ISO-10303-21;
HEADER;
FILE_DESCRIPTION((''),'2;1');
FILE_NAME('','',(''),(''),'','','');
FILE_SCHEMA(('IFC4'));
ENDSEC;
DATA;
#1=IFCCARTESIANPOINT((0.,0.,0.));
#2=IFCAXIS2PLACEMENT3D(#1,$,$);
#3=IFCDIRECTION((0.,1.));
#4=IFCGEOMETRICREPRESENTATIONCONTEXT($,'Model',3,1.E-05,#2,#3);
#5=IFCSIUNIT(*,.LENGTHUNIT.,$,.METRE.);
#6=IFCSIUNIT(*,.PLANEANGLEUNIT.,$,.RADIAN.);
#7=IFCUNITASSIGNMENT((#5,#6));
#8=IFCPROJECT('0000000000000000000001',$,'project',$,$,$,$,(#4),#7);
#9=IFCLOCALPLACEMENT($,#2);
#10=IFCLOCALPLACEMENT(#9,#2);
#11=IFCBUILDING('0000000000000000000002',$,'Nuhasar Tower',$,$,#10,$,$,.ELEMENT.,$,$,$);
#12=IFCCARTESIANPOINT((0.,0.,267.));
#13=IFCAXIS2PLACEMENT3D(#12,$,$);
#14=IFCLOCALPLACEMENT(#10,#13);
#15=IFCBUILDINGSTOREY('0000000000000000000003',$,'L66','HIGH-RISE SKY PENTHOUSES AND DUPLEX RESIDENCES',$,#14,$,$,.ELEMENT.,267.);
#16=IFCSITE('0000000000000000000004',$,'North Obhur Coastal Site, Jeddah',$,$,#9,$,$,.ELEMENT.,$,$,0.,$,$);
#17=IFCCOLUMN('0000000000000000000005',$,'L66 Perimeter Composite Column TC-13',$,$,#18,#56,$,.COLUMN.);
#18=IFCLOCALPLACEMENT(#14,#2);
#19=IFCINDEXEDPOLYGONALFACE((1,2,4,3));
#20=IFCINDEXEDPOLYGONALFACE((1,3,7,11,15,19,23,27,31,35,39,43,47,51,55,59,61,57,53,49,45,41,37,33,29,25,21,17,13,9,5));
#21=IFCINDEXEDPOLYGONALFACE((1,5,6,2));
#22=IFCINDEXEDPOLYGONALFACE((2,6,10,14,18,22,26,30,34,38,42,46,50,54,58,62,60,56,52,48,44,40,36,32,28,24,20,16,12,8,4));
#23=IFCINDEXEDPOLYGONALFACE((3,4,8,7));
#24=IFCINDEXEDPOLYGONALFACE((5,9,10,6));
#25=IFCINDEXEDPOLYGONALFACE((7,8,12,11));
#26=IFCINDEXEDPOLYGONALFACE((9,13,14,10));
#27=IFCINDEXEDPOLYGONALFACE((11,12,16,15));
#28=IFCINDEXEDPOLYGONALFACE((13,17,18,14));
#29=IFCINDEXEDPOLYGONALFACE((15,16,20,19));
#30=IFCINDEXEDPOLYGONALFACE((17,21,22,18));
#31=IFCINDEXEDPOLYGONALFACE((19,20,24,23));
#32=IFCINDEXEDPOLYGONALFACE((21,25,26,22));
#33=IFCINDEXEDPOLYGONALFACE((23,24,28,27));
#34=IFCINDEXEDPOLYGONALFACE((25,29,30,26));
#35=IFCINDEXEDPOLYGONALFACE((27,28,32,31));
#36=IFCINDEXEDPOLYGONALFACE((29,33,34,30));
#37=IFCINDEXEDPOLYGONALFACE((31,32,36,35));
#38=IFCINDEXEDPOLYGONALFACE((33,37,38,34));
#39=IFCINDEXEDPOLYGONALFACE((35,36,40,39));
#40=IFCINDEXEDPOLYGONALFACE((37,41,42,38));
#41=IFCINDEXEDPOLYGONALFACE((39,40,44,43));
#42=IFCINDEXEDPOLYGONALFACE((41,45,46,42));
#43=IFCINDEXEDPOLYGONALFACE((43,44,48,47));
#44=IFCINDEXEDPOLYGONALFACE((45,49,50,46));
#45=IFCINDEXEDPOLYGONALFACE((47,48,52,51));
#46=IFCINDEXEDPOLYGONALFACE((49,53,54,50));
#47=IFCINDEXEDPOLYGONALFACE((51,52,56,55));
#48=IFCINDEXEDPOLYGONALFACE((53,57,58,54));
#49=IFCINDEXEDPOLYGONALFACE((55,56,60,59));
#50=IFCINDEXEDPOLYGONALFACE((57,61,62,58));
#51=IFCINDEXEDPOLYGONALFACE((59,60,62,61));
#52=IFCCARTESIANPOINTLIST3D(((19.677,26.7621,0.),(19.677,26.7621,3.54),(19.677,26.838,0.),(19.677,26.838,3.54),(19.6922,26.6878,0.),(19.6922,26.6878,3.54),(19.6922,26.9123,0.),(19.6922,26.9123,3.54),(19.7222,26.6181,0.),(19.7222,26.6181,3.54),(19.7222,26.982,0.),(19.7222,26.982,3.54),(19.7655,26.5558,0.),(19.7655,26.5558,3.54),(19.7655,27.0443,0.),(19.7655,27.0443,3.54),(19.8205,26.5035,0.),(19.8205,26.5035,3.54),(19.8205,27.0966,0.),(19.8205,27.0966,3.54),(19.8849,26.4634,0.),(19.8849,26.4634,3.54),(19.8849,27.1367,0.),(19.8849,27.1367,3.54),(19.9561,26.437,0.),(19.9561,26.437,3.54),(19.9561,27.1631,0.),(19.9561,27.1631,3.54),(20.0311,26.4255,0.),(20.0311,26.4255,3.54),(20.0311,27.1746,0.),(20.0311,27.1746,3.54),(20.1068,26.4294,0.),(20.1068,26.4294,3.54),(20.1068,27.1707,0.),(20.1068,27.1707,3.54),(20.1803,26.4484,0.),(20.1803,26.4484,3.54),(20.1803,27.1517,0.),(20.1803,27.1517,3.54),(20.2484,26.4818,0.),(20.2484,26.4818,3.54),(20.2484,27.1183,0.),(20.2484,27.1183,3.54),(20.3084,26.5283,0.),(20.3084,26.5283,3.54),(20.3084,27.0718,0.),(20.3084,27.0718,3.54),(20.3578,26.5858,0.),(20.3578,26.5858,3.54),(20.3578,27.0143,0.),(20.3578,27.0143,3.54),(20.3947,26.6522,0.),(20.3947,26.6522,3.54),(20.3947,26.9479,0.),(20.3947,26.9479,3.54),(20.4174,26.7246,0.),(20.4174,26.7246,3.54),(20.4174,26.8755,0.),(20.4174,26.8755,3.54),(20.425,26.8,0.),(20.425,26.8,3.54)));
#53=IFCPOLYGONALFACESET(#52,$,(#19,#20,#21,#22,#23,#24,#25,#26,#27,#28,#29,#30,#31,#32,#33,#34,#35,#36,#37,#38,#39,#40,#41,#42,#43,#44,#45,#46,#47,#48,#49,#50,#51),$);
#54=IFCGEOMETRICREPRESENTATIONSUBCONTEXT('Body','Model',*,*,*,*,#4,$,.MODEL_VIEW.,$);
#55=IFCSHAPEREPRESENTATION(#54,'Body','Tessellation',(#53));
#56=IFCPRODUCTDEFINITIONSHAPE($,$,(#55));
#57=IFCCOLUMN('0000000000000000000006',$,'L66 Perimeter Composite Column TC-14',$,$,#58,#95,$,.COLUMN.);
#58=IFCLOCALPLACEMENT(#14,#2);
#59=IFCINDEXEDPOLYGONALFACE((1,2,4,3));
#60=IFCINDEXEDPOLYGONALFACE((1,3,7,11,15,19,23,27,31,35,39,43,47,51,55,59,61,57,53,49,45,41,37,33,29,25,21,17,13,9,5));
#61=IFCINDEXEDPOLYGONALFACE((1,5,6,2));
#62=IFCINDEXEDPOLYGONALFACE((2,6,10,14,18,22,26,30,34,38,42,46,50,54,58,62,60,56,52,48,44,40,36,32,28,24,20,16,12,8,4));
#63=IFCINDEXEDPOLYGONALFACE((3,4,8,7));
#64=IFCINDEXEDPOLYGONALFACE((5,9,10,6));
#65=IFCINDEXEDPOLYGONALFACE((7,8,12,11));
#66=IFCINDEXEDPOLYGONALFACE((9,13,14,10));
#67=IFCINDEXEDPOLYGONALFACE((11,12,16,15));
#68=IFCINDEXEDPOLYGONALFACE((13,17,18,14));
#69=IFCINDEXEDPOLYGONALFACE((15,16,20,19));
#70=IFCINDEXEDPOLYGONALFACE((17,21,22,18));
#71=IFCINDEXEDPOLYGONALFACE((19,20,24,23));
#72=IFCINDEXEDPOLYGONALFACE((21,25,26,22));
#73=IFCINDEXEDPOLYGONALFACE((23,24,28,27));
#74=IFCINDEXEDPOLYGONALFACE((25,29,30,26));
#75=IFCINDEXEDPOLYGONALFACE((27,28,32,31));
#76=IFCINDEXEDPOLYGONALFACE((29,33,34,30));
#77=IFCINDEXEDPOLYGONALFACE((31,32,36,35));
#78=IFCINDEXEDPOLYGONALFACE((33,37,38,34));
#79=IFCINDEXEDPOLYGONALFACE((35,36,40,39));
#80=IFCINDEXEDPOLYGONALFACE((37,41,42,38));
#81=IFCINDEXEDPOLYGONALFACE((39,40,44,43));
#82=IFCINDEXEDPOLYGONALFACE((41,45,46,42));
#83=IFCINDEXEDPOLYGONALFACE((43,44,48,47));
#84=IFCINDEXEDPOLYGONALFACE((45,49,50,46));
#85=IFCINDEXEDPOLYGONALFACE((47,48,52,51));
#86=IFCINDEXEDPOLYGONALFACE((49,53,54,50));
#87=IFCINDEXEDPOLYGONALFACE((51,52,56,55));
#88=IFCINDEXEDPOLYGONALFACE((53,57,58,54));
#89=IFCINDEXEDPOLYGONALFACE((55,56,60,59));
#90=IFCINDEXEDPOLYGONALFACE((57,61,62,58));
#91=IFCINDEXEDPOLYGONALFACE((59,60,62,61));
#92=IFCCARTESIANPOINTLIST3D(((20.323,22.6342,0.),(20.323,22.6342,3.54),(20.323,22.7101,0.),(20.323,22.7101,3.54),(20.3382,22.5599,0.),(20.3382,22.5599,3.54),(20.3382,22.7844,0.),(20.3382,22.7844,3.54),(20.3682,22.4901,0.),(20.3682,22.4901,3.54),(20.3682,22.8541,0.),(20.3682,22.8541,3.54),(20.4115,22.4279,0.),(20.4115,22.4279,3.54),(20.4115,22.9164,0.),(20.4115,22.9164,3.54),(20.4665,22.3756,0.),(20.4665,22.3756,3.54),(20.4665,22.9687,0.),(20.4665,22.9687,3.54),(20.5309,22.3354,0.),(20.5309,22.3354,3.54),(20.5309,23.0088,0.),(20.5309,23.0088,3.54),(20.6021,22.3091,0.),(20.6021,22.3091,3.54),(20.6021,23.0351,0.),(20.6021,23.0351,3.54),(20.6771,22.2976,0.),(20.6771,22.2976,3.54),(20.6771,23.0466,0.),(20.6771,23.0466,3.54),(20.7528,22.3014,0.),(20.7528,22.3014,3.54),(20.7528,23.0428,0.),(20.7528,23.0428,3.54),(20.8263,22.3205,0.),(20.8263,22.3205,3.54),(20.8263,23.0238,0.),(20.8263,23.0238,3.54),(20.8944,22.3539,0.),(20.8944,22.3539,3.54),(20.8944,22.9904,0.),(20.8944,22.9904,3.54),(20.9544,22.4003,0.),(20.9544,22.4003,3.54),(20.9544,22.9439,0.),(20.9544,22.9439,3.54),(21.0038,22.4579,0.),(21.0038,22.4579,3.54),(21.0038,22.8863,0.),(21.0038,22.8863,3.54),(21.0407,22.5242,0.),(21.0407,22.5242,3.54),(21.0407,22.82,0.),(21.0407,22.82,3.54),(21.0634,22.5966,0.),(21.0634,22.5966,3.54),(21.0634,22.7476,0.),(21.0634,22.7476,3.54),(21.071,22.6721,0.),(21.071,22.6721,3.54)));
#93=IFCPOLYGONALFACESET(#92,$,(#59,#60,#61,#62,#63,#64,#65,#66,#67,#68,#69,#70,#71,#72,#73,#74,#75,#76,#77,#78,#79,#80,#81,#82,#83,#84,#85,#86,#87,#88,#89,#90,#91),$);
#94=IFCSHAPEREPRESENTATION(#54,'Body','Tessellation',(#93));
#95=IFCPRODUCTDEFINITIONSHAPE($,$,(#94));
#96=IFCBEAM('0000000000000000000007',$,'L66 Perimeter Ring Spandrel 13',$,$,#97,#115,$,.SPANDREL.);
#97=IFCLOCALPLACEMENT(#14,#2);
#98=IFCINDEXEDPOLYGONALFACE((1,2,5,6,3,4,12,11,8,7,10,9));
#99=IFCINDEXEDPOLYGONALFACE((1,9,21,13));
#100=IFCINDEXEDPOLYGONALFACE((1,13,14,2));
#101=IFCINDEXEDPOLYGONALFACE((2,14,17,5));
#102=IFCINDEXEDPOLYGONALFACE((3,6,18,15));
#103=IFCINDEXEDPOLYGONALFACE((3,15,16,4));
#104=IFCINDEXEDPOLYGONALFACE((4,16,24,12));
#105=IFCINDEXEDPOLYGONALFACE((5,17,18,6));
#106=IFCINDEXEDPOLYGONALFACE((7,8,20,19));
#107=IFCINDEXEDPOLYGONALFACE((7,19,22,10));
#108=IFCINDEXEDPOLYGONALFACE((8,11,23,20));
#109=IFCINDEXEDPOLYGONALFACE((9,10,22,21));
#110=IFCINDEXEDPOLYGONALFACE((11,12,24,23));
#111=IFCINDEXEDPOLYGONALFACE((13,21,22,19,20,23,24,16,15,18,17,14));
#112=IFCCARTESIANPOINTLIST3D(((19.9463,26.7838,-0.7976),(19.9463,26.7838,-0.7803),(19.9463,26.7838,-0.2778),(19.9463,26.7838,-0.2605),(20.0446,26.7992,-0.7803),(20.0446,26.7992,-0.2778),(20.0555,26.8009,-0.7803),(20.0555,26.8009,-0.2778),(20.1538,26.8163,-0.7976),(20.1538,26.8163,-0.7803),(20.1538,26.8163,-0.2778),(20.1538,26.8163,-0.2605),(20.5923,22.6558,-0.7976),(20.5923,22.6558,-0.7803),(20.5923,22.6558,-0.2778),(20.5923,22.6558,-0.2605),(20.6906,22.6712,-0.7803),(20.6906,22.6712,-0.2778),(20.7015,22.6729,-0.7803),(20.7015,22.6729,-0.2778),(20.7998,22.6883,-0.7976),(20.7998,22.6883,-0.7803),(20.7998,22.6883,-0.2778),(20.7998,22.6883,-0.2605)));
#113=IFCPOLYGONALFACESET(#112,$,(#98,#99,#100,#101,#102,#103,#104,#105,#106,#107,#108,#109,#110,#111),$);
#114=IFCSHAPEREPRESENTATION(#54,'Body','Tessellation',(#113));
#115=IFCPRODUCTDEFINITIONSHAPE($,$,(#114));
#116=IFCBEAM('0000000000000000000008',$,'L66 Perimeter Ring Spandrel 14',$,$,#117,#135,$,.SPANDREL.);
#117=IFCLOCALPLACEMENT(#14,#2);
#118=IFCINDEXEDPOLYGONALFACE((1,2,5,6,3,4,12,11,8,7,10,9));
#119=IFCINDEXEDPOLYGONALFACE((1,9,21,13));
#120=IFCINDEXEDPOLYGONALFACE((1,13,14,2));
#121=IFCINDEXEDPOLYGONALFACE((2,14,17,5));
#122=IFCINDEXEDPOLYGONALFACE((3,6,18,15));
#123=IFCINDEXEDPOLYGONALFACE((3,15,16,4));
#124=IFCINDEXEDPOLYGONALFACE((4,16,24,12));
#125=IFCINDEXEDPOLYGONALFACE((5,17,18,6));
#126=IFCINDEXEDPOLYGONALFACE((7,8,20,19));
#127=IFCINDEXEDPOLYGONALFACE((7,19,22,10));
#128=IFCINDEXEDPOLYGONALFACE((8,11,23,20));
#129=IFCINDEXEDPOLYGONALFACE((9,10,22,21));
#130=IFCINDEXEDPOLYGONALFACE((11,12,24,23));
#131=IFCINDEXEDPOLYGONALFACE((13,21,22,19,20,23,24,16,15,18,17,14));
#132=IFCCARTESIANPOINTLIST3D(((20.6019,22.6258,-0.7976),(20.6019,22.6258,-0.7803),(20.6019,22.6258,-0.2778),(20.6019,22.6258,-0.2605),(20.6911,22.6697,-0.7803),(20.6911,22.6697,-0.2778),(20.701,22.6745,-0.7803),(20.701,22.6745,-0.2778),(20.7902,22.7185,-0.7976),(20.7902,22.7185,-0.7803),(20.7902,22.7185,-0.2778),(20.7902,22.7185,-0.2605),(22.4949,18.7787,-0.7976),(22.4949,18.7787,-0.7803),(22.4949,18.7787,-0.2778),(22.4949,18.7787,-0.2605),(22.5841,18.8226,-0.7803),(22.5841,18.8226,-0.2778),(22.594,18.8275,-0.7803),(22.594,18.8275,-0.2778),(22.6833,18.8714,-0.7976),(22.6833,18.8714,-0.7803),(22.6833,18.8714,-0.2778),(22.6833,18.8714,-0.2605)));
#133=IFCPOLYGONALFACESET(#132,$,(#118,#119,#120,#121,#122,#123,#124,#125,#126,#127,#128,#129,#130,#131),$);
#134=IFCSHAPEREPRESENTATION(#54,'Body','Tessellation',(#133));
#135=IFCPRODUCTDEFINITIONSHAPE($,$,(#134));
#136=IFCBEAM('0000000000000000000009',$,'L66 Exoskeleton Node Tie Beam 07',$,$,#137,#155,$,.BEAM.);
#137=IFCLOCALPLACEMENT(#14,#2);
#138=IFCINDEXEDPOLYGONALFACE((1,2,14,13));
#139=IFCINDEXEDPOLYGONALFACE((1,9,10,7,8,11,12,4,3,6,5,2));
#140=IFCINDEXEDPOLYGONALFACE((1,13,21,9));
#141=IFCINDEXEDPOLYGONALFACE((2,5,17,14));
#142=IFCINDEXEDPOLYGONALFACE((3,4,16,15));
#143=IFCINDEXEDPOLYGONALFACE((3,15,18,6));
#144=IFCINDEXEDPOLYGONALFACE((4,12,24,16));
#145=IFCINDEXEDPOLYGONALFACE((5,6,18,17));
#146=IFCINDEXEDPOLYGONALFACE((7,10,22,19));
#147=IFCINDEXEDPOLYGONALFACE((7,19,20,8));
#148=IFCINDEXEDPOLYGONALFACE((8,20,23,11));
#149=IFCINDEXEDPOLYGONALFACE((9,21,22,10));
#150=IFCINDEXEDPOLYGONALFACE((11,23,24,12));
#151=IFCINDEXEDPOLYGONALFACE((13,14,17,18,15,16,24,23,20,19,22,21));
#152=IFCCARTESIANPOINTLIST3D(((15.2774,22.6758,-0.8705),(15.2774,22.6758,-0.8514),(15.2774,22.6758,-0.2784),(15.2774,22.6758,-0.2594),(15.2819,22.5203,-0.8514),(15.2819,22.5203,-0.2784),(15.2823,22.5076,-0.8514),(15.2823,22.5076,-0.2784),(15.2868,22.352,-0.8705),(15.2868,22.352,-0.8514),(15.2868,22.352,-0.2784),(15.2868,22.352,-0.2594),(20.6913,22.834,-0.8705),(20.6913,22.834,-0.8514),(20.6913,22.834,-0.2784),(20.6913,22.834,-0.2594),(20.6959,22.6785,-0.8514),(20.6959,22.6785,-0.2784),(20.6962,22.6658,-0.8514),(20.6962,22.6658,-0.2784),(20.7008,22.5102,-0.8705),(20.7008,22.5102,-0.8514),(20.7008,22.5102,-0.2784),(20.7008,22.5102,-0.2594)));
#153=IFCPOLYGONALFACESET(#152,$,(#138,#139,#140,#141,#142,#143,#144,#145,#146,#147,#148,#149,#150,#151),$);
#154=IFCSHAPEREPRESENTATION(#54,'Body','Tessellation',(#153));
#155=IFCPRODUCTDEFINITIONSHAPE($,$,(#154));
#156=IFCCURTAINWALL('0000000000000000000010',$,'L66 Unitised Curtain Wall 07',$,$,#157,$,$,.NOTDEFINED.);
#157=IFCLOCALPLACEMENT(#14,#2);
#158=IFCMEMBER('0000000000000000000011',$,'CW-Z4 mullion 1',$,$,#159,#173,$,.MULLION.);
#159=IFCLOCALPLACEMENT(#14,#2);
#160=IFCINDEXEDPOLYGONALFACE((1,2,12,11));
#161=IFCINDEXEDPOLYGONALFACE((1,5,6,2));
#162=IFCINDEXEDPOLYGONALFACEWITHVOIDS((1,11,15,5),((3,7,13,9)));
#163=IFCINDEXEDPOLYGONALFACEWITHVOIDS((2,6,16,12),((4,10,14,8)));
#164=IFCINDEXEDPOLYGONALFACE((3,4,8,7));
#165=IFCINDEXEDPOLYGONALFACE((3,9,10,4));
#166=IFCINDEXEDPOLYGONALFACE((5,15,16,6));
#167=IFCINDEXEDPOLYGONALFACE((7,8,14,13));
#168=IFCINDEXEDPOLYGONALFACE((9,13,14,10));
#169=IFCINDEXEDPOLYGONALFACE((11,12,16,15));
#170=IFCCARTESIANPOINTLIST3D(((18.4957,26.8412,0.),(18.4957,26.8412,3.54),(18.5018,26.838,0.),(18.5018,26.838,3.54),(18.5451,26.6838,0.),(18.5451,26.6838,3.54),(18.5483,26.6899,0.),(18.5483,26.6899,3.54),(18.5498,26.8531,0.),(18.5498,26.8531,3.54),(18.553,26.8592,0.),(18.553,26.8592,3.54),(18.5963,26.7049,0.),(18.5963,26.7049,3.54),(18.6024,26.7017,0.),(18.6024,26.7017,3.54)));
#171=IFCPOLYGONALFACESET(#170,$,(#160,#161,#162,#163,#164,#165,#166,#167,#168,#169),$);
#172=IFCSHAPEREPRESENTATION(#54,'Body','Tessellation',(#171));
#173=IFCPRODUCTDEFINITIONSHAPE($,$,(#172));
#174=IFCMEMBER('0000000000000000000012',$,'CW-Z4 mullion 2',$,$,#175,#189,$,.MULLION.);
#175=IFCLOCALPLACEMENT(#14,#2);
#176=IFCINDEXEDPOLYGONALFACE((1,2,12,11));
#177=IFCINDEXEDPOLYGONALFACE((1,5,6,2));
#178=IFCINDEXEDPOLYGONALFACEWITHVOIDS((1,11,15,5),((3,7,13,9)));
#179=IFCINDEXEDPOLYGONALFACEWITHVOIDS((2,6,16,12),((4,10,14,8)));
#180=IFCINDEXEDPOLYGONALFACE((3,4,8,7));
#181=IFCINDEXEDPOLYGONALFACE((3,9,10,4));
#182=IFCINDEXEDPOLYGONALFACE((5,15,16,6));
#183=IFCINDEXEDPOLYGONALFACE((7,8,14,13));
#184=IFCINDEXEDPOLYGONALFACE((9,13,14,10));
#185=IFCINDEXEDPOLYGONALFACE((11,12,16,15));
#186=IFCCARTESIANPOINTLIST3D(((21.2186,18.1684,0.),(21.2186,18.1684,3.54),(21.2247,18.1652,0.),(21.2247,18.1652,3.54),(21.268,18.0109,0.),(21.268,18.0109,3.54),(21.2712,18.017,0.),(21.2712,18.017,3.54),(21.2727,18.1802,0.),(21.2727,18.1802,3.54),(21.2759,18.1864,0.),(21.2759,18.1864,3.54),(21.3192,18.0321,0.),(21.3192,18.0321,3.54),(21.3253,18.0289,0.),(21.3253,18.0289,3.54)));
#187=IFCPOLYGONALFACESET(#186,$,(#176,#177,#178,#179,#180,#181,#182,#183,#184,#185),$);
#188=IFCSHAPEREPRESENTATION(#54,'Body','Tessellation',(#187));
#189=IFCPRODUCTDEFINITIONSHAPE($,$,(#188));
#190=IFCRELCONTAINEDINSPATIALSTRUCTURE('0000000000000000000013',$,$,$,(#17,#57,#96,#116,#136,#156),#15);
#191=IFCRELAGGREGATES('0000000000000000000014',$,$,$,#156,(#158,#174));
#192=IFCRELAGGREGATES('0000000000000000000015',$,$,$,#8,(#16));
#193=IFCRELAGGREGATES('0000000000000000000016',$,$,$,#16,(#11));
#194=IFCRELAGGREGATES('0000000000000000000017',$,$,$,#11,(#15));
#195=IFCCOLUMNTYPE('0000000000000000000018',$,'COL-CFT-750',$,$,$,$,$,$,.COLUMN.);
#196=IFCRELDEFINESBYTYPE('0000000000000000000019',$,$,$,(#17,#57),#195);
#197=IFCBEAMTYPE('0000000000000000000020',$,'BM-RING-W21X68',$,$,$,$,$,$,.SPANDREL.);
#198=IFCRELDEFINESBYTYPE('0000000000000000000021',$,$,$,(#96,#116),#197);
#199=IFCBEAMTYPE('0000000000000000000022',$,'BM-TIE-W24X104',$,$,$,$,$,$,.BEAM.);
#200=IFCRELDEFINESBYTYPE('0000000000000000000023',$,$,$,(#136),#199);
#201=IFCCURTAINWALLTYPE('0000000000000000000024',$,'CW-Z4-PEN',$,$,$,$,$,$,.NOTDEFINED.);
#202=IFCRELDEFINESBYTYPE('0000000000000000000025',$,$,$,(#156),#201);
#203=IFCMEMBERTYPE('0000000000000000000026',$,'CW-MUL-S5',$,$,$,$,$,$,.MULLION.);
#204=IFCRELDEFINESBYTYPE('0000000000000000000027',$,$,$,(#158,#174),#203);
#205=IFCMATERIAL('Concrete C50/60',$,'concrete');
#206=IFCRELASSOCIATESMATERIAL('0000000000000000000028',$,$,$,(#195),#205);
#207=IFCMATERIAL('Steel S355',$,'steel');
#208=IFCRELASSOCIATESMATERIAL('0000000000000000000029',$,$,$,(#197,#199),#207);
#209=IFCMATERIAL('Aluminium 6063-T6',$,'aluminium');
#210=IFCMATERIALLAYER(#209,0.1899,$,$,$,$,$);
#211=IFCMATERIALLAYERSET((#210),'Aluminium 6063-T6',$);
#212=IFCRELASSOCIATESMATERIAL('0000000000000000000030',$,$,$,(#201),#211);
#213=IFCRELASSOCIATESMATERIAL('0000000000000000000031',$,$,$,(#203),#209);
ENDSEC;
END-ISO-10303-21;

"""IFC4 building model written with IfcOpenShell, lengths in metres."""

from ifc_helpers import new_model, si_unit, direction, frame, origin, origin_2d, place, context, subcontext, project, spatial, hollow_rectangle, circle, i_section, extrude, material, layer, layer_set, material_profile, profile_set, type_object, element, aggregate, save


model = new_model("IFC4")

# Units and contexts
model_context = context("Model", 3, precision=1e-05, world=origin(), true_north=direction((0.0, 1.0)))
body_context = subcontext(model_context, "Body", "Model", "MODEL_VIEW")
ifc_project = project(units=[si_unit("LENGTHUNIT", "METRE"), si_unit("PLANEANGLEUNIT", "RADIAN")], contexts=[model_context])

# Site, building, storey
site_placement = place(None, origin())
site = spatial("IfcSite", under=ifc_project, at=site_placement, Name="North Obhur Coastal Site, Jeddah", CompositionType="ELEMENT", RefElevation=0.0)
building_placement = place(site_placement, origin())
building = spatial("IfcBuilding", under=site, at=building_placement, Name="Nuhasar Tower", CompositionType="ELEMENT")
storey_placement = place(building_placement, frame((0.0, 0.0, 267.0)))
storey = spatial("IfcBuildingStorey", under=building, at=storey_placement, Name="L66", Description="HIGH-RISE SKY PENTHOUSES AND DUPLEX RESIDENCES", CompositionType="ELEMENT", Elevation=267.0)

# Columns
ifc_material_1 = material(Name="Concrete C50/60", Category="concrete")
ifc_material_profile_1 = material_profile(ifc_material_1, circle(Radius=0.375, at=origin_2d()), Name="CFT750")
ifc_profile_set_1 = profile_set([ifc_material_profile_1], Name="Concrete C50/60")
column_type = type_object("IfcColumnType", Name="COL-CFT-750", PredefinedType="COLUMN", material=ifc_profile_set_1)
for number, where, z_axis, x_axis, name in (
    (1, (20.05, 26.8, 0.0), (0.0, 0.0, 1.0), (1.0, 0.0, 0.0), "L66 Perimeter Composite Column TC-13"),
    (2, (20.696, 22.6721, 0.0), (0.0, 0.0, 1.0), (1.0, 0.0, 0.0), "L66 Perimeter Composite Column TC-14"),
):
    element("IfcColumn", number, at=place(storey_placement, frame(where, z_axis=z_axis, x_axis=x_axis)), inside=storey, type_object=column_type, Name=name, PredefinedType="COLUMN", context=body_context, shape_type="SweptSolid", body=[
        extrude(circle(Radius=0.375, at=origin_2d()), origin(), (0.0, 0.0, 1.0), 3.54),
    ])

# Beams
ifc_material_2 = material(Name="Steel S355", Category="steel")
ifc_material_profile_2 = material_profile(ifc_material_2, i_section(OverallWidth=0.21, OverallDepth=0.5371, WebThickness=0.011, FlangeThickness=0.0173, at=origin_2d()), Name="W21X68")
ifc_profile_set_2 = profile_set([ifc_material_profile_2], Name="Steel S355")
beam_type_1 = type_object("IfcBeamType", Name="BM-RING-W21X68", PredefinedType="SPANDREL", material=ifc_profile_set_2)
beam_1_placement = place(storey_placement, frame((20.05, 26.8, -0.5291), z_axis=(0.154612, -0.987975, 0.0), x_axis=(0.987975, 0.154612, 0.0)))
element("IfcBeam", 3, at=beam_1_placement, inside=storey, type_object=beam_type_1, Name="L66 Perimeter Ring Spandrel 13", PredefinedType="SPANDREL", context=body_context, shape_type="SweptSolid", body=[
    extrude(i_section(OverallWidth=0.21, OverallDepth=0.5371, WebThickness=0.011, FlangeThickness=0.0173, at=origin_2d()), origin(), (0.0, 0.0, 1.0), 4.1782),
])
beam_2_placement = place(storey_placement, frame((20.696, 22.6721, -0.5291), z_axis=(0.441511, -0.897256, 0.0), x_axis=(0.897256, 0.441511, 0.0)))
element("IfcBeam", 4, at=beam_2_placement, inside=storey, type_object=beam_type_1, Name="L66 Perimeter Ring Spandrel 14", PredefinedType="SPANDREL", context=body_context, shape_type="SweptSolid", body=[
    extrude(i_section(OverallWidth=0.21, OverallDepth=0.5371, WebThickness=0.011, FlangeThickness=0.0173, at=origin_2d()), origin(), (0.0, 0.0, 1.0), 4.2876),
])
ifc_material_profile_3 = material_profile(ifc_material_2, i_section(OverallWidth=0.324, OverallDepth=0.6111, WebThickness=0.0127, FlangeThickness=0.019, at=origin_2d()), Name="W24X104")
ifc_profile_set_3 = profile_set([ifc_material_profile_3], Name="Steel S355")
beam_type_2 = type_object("IfcBeamType", Name="BM-TIE-W24X104", PredefinedType="BEAM", material=ifc_profile_set_3)
beam_3_placement = place(storey_placement, frame((20.696, 22.6721, -0.5649), z_axis=(-0.999573, -0.029208, 0.0), x_axis=(0.029208, -0.999573, 0.0)))
element("IfcBeam", 5, at=beam_3_placement, inside=storey, type_object=beam_type_2, Name="L66 Exoskeleton Node Tie Beam 07", PredefinedType="BEAM", context=body_context, shape_type="SweptSolid", body=[
    extrude(i_section(OverallWidth=0.324, OverallDepth=0.6111, WebThickness=0.0127, FlangeThickness=0.019, at=origin_2d()), origin(), (0.0, 0.0, 1.0), 5.4163),
])

# Curtain wall, members
ifc_material_3 = material(Name="Aluminium 6063-T6", Category="aluminium")
ifc_layer_1 = layer(ifc_material_3, 0.1899)
ifc_layer_set_1 = layer_set([ifc_layer_1], Name="Aluminium 6063-T6")
curtain_wall_type = type_object("IfcCurtainWallType", Name="CW-Z4-PEN", PredefinedType="NOTDEFINED", material=ifc_layer_set_1)
curtain_wall_1_placement = place(storey_placement, origin())
curtain_wall_1 = element("IfcCurtainWall", 6, at=curtain_wall_1_placement, inside=storey, type_object=curtain_wall_type, Name="L66 Unitised Curtain Wall 07", PredefinedType="NOTDEFINED")
ifc_material_profile_4 = material_profile(ifc_material_3, hollow_rectangle(XDim=0.0601, YDim=0.165, WallThickness=0.0049, at=origin_2d()), Name="CWM-5")
ifc_profile_set_4 = profile_set([ifc_material_profile_4], Name="Aluminium 6063-T6")
member_type_1 = type_object("IfcMemberType", Name="CW-MUL-S5", PredefinedType="MULLION", material=ifc_profile_set_4)
member_1_placement = place(storey_placement, frame((18.5491, 26.7715, 0.0), z_axis=(0.0, 0.0, 1.0), x_axis=(0.954079, 0.299557, 0.0)))
member_1 = element("IfcMember", 7, at=member_1_placement, type_object=member_type_1, Name="CW-Z4 mullion 1", PredefinedType="MULLION", context=body_context, shape_type="SweptSolid", body=[
    extrude(hollow_rectangle(XDim=0.0601, YDim=0.165, WallThickness=0.0049, at=origin_2d()), origin(), (0.0, 0.0, 1.0), 3.54),
])
member_2_placement = place(storey_placement, frame((21.272, 18.0986, 0.0), z_axis=(0.0, 0.0, 1.0), x_axis=(0.954079, 0.299557, 0.0)))
member_2 = element("IfcMember", 8, at=member_2_placement, type_object=member_type_1, Name="CW-Z4 mullion 2", PredefinedType="MULLION", context=body_context, shape_type="SweptSolid", body=[
    extrude(hollow_rectangle(XDim=0.0601, YDim=0.165, WallThickness=0.0049, at=origin_2d()), origin(), (0.0, 0.0, 1.0), 3.54),
])

aggregate(curtain_wall_1, [member_1, member_2])

save(model, "model.ifc")
